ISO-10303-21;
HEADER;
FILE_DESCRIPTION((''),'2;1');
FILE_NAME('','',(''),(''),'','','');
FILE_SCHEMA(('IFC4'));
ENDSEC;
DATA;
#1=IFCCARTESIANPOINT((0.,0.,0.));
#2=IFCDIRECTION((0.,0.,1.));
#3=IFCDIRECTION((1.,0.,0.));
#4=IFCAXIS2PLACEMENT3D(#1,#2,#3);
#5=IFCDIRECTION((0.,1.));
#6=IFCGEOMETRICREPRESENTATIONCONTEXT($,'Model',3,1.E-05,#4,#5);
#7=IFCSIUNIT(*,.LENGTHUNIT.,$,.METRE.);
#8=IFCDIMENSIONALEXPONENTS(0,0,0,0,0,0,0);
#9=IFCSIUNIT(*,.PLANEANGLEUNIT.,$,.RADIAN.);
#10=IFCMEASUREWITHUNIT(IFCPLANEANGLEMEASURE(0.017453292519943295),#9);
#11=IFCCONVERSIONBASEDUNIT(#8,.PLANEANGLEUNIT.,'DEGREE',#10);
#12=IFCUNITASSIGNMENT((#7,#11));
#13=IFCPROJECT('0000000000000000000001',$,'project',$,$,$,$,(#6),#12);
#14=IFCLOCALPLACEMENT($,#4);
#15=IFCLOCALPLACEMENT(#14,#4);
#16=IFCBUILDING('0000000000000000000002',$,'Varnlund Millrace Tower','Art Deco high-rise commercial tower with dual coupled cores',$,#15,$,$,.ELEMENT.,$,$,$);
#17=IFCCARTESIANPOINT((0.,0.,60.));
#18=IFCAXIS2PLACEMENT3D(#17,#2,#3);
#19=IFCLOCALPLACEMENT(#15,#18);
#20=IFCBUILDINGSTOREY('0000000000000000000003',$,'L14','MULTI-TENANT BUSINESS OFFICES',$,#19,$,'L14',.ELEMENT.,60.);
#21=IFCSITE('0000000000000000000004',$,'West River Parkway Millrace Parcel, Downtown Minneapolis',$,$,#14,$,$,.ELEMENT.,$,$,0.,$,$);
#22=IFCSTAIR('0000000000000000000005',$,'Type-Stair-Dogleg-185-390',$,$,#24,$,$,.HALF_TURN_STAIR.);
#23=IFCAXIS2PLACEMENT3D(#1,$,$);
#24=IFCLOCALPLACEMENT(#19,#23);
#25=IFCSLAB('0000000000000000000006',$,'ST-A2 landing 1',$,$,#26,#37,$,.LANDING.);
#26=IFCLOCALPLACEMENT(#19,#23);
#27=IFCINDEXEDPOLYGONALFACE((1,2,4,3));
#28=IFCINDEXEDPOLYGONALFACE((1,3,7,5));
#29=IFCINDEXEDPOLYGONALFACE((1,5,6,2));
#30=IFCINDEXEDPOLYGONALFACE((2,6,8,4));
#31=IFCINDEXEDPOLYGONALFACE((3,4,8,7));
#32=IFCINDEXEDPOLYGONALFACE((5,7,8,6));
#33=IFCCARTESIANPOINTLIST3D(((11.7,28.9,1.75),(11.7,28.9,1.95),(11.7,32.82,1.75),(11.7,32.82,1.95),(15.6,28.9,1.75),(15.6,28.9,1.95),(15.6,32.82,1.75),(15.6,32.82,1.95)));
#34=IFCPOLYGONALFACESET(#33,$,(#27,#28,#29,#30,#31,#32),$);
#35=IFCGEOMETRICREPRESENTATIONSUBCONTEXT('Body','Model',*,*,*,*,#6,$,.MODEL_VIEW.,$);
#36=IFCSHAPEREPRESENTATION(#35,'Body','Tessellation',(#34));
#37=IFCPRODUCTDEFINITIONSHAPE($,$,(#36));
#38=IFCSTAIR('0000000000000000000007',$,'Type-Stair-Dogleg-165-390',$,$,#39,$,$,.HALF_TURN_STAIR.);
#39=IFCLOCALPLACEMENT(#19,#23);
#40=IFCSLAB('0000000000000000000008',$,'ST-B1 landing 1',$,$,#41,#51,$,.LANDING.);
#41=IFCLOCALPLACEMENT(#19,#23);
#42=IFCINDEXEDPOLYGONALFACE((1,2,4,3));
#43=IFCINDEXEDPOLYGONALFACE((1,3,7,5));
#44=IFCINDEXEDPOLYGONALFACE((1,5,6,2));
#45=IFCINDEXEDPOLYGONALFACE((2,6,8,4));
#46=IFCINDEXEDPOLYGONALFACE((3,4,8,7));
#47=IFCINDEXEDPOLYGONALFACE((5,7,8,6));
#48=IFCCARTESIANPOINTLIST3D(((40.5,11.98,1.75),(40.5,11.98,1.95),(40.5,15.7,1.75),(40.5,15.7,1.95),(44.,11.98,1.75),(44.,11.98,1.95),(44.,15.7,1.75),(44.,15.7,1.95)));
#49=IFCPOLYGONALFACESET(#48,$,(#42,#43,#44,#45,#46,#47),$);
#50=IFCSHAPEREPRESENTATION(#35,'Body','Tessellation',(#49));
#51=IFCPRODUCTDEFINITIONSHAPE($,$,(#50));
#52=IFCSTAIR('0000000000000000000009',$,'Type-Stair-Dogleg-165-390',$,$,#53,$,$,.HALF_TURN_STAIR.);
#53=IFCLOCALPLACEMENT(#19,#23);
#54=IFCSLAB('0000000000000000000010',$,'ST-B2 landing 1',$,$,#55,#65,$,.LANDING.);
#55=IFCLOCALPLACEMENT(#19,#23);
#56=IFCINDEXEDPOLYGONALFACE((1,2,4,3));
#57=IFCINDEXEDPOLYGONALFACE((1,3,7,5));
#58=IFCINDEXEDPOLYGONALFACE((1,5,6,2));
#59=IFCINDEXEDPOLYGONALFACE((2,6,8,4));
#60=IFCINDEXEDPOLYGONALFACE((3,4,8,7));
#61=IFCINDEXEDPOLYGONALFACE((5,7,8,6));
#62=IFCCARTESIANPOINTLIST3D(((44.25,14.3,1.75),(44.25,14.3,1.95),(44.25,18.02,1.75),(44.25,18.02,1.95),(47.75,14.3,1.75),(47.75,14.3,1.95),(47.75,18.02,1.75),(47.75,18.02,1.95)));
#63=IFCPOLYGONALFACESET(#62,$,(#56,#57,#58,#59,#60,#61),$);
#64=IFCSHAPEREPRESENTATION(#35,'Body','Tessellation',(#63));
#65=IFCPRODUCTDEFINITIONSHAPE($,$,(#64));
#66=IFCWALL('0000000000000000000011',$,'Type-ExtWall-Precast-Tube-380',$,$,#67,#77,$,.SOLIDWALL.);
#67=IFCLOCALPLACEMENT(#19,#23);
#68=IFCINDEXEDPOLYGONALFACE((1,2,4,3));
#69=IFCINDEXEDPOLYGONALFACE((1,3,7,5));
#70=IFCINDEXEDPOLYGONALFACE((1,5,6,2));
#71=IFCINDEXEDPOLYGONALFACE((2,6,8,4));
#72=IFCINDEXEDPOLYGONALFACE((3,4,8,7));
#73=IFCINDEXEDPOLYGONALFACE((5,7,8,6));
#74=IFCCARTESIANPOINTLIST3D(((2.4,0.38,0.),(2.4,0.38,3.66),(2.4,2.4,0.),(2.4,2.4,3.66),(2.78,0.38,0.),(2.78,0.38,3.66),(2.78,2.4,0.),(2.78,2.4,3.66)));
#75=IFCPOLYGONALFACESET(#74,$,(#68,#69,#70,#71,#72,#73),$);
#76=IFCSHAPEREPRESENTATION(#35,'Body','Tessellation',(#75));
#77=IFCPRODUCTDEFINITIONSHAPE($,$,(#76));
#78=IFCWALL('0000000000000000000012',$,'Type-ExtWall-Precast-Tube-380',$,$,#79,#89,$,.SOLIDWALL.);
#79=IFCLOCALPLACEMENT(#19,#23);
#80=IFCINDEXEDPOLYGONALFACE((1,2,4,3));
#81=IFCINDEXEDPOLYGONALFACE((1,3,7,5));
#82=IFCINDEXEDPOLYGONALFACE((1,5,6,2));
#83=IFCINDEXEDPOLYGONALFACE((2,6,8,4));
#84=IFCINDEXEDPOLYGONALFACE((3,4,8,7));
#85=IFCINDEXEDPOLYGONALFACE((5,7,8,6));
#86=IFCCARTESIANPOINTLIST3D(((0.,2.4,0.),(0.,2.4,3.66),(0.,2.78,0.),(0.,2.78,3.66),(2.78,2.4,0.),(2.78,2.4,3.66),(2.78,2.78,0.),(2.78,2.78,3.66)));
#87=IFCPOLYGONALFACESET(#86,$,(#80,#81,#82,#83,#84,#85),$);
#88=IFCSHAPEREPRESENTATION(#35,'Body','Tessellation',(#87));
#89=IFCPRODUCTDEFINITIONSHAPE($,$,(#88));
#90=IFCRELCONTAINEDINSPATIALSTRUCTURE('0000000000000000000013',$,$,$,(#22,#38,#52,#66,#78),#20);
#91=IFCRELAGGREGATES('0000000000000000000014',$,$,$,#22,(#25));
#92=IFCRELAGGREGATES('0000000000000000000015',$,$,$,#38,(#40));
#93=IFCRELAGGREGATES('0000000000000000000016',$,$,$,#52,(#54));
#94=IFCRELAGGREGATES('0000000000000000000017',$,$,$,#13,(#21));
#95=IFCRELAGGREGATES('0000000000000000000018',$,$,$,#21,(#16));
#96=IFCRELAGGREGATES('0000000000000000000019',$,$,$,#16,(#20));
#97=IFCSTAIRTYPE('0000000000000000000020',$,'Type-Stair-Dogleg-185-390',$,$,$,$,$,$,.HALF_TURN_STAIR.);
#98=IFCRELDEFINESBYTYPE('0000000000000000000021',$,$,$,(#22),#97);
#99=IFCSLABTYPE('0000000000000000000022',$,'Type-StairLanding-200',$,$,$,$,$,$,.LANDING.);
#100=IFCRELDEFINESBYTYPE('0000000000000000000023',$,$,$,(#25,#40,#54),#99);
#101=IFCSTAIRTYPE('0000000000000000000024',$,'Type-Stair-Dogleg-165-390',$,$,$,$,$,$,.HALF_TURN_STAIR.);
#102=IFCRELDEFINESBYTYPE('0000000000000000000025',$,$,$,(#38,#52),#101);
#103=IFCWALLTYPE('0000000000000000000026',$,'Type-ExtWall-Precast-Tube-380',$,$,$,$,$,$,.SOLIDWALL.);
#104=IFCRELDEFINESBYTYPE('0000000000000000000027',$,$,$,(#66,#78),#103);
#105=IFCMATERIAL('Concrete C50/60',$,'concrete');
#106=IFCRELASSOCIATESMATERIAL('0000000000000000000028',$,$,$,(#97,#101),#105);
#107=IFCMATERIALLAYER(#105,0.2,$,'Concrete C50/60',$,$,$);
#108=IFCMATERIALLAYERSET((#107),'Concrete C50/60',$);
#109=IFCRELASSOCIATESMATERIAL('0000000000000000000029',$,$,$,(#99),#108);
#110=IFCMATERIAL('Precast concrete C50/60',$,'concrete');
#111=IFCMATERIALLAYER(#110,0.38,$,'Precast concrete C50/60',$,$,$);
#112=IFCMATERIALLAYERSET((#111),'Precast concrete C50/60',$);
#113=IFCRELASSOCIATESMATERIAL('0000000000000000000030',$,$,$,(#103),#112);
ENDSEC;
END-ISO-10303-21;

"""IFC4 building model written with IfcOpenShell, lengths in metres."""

from ifc_helpers import new_model, entity, si_unit, converted_unit, direction, frame, origin_with_axes, place, context, subcontext, project, spatial, polyline, outline, extrude, material, layer, layer_set, type_object, element, aggregate, save


model = new_model("IFC4")

# Units and contexts
model_context = context("Model", 3, precision=1e-05, world=origin_with_axes(), true_north=direction((0.0, 1.0)))
body_context = subcontext(model_context, "Body", "Model", "MODEL_VIEW")
ifc_project = project(units=[si_unit("LENGTHUNIT", "METRE"), converted_unit("PLANEANGLEUNIT", "DEGREE", entity("IfcPlaneAngleMeasure", 0.017453292519943295), si_unit("PLANEANGLEUNIT", "RADIAN"), dimensions=[0, 0, 0, 0, 0, 0, 0])], contexts=[model_context])

# Site, building, storey
site_placement = place(None, origin_with_axes())
site = spatial("IfcSite", under=ifc_project, at=site_placement, Name="West River Parkway Millrace Parcel, Downtown Minneapolis", CompositionType="ELEMENT", RefElevation=0.0)
building_placement = place(site_placement, origin_with_axes())
building = spatial("IfcBuilding", under=site, at=building_placement, Name="Varnlund Millrace Tower", Description="Art Deco high-rise commercial tower with dual coupled cores", CompositionType="ELEMENT")
storey_placement = place(building_placement, frame((0.0, 0.0, 60.0), z_axis=(0.0, 0.0, 1.0), x_axis=(1.0, 0.0, 0.0)))
storey = spatial("IfcBuildingStorey", under=building, at=storey_placement, Name="L14", Description="MULTI-TENANT BUSINESS OFFICES", LongName="L14", CompositionType="ELEMENT", Elevation=60.0)

# Stairs, slabs
ifc_material_1 = material(Name="Concrete C50/60", Category="concrete")
stair_type_1 = type_object("IfcStairType", Name="Type-Stair-Dogleg-185-390", PredefinedType="HALF_TURN_STAIR", material=ifc_material_1)
ifc_layer_1 = layer(ifc_material_1, 0.2, Name="Concrete C50/60")
ifc_layer_set_1 = layer_set([ifc_layer_1], Name="Concrete C50/60")
slab_type = type_object("IfcSlabType", Name="Type-StairLanding-200", PredefinedType="LANDING", material=ifc_layer_set_1)
stair_1_placement = place(storey_placement, origin_with_axes())
stair_1 = element("IfcStair", 1, at=stair_1_placement, inside=storey, type_object=stair_type_1, Name="Type-Stair-Dogleg-185-390", PredefinedType="HALF_TURN_STAIR")
slab_1_placement = place(storey_placement, frame((0.0, 0.0, 1.75), z_axis=(0.0, 0.0, 1.0), x_axis=(1.0, 0.0, 0.0)))
slab_1 = element("IfcSlab", 2, at=slab_1_placement, type_object=slab_type, Name="ST-A2 landing 1", PredefinedType="LANDING", context=body_context, shape_type="SweptSolid", body=[
    extrude(outline(polyline([(11.7, 32.82), (11.7, 28.9), (15.6, 28.9), (15.6, 32.82), (11.7, 32.82)])), origin_with_axes(), (0.0, 0.0, 1.0), 0.2),
])
aggregate(stair_1, [slab_1])
stair_type_2 = type_object("IfcStairType", Name="Type-Stair-Dogleg-165-390", PredefinedType="HALF_TURN_STAIR", material=ifc_material_1)
stair_2_placement = place(storey_placement, origin_with_axes())
stair_2 = element("IfcStair", 3, at=stair_2_placement, inside=storey, type_object=stair_type_2, Name="Type-Stair-Dogleg-165-390", PredefinedType="HALF_TURN_STAIR")
slab_2_placement = place(storey_placement, frame((0.0, 0.0, 1.75), z_axis=(0.0, 0.0, 1.0), x_axis=(1.0, 0.0, 0.0)))
slab_2 = element("IfcSlab", 4, at=slab_2_placement, type_object=slab_type, Name="ST-B1 landing 1", PredefinedType="LANDING", context=body_context, shape_type="SweptSolid", body=[
    extrude(outline(polyline([(44.0, 11.98), (44.0, 15.7), (40.5, 15.7), (40.5, 11.98), (44.0, 11.98)])), origin_with_axes(), (0.0, 0.0, 1.0), 0.2),
])
aggregate(stair_2, [slab_2])
stair_3_placement = place(storey_placement, origin_with_axes())
stair_3 = element("IfcStair", 5, at=stair_3_placement, inside=storey, type_object=stair_type_2, Name="Type-Stair-Dogleg-165-390", PredefinedType="HALF_TURN_STAIR")
slab_3_placement = place(storey_placement, frame((0.0, 0.0, 1.75), z_axis=(0.0, 0.0, 1.0), x_axis=(1.0, 0.0, 0.0)))
slab_3 = element("IfcSlab", 6, at=slab_3_placement, type_object=slab_type, Name="ST-B2 landing 1", PredefinedType="LANDING", context=body_context, shape_type="SweptSolid", body=[
    extrude(outline(polyline([(44.25, 18.02), (44.25, 14.3), (47.75, 14.3), (47.75, 18.02), (44.25, 18.02)])), origin_with_axes(), (0.0, 0.0, 1.0), 0.2),
])
aggregate(stair_3, [slab_3])

# Walls
ifc_material_2 = material(Name="Precast concrete C50/60", Category="concrete")
ifc_layer_2 = layer(ifc_material_2, 0.38, Name="Precast concrete C50/60")
ifc_layer_set_2 = layer_set([ifc_layer_2], Name="Precast concrete C50/60")
wall_type = type_object("IfcWallType", Name="Type-ExtWall-Precast-Tube-380", PredefinedType="SOLIDWALL", material=ifc_layer_set_2)
wall_1_placement = place(storey_placement, frame((2.59, 0.38, 0.0), z_axis=(0.0, 0.0, 1.0), x_axis=(0.0, 1.0, 0.0)))
element("IfcWall", 7, at=wall_1_placement, inside=storey, type_object=wall_type, Name="Type-ExtWall-Precast-Tube-380", PredefinedType="SOLIDWALL", context=body_context, shape_type="SweptSolid", body=[
    extrude(outline(polyline([(0.0, -0.19), (2.02, -0.19), (2.02, 0.19), (0.0, 0.19), (0.0, -0.19)])), origin_with_axes(), (0.0, 0.0, 1.0), 3.66),
])
wall_2_placement = place(storey_placement, frame((2.78, 2.59, 0.0), z_axis=(0.0, 0.0, 1.0), x_axis=(-1.0, 0.0, 0.0)))
element("IfcWall", 8, at=wall_2_placement, inside=storey, type_object=wall_type, Name="Type-ExtWall-Precast-Tube-380", PredefinedType="SOLIDWALL", context=body_context, shape_type="SweptSolid", body=[
    extrude(outline(polyline([(0.0, -0.19), (2.78, -0.19), (2.78, 0.19), (0.0, 0.19), (0.0, -0.19)])), origin_with_axes(), (0.0, 0.0, 1.0), 3.66),
])

save(model, "model.ifc")
